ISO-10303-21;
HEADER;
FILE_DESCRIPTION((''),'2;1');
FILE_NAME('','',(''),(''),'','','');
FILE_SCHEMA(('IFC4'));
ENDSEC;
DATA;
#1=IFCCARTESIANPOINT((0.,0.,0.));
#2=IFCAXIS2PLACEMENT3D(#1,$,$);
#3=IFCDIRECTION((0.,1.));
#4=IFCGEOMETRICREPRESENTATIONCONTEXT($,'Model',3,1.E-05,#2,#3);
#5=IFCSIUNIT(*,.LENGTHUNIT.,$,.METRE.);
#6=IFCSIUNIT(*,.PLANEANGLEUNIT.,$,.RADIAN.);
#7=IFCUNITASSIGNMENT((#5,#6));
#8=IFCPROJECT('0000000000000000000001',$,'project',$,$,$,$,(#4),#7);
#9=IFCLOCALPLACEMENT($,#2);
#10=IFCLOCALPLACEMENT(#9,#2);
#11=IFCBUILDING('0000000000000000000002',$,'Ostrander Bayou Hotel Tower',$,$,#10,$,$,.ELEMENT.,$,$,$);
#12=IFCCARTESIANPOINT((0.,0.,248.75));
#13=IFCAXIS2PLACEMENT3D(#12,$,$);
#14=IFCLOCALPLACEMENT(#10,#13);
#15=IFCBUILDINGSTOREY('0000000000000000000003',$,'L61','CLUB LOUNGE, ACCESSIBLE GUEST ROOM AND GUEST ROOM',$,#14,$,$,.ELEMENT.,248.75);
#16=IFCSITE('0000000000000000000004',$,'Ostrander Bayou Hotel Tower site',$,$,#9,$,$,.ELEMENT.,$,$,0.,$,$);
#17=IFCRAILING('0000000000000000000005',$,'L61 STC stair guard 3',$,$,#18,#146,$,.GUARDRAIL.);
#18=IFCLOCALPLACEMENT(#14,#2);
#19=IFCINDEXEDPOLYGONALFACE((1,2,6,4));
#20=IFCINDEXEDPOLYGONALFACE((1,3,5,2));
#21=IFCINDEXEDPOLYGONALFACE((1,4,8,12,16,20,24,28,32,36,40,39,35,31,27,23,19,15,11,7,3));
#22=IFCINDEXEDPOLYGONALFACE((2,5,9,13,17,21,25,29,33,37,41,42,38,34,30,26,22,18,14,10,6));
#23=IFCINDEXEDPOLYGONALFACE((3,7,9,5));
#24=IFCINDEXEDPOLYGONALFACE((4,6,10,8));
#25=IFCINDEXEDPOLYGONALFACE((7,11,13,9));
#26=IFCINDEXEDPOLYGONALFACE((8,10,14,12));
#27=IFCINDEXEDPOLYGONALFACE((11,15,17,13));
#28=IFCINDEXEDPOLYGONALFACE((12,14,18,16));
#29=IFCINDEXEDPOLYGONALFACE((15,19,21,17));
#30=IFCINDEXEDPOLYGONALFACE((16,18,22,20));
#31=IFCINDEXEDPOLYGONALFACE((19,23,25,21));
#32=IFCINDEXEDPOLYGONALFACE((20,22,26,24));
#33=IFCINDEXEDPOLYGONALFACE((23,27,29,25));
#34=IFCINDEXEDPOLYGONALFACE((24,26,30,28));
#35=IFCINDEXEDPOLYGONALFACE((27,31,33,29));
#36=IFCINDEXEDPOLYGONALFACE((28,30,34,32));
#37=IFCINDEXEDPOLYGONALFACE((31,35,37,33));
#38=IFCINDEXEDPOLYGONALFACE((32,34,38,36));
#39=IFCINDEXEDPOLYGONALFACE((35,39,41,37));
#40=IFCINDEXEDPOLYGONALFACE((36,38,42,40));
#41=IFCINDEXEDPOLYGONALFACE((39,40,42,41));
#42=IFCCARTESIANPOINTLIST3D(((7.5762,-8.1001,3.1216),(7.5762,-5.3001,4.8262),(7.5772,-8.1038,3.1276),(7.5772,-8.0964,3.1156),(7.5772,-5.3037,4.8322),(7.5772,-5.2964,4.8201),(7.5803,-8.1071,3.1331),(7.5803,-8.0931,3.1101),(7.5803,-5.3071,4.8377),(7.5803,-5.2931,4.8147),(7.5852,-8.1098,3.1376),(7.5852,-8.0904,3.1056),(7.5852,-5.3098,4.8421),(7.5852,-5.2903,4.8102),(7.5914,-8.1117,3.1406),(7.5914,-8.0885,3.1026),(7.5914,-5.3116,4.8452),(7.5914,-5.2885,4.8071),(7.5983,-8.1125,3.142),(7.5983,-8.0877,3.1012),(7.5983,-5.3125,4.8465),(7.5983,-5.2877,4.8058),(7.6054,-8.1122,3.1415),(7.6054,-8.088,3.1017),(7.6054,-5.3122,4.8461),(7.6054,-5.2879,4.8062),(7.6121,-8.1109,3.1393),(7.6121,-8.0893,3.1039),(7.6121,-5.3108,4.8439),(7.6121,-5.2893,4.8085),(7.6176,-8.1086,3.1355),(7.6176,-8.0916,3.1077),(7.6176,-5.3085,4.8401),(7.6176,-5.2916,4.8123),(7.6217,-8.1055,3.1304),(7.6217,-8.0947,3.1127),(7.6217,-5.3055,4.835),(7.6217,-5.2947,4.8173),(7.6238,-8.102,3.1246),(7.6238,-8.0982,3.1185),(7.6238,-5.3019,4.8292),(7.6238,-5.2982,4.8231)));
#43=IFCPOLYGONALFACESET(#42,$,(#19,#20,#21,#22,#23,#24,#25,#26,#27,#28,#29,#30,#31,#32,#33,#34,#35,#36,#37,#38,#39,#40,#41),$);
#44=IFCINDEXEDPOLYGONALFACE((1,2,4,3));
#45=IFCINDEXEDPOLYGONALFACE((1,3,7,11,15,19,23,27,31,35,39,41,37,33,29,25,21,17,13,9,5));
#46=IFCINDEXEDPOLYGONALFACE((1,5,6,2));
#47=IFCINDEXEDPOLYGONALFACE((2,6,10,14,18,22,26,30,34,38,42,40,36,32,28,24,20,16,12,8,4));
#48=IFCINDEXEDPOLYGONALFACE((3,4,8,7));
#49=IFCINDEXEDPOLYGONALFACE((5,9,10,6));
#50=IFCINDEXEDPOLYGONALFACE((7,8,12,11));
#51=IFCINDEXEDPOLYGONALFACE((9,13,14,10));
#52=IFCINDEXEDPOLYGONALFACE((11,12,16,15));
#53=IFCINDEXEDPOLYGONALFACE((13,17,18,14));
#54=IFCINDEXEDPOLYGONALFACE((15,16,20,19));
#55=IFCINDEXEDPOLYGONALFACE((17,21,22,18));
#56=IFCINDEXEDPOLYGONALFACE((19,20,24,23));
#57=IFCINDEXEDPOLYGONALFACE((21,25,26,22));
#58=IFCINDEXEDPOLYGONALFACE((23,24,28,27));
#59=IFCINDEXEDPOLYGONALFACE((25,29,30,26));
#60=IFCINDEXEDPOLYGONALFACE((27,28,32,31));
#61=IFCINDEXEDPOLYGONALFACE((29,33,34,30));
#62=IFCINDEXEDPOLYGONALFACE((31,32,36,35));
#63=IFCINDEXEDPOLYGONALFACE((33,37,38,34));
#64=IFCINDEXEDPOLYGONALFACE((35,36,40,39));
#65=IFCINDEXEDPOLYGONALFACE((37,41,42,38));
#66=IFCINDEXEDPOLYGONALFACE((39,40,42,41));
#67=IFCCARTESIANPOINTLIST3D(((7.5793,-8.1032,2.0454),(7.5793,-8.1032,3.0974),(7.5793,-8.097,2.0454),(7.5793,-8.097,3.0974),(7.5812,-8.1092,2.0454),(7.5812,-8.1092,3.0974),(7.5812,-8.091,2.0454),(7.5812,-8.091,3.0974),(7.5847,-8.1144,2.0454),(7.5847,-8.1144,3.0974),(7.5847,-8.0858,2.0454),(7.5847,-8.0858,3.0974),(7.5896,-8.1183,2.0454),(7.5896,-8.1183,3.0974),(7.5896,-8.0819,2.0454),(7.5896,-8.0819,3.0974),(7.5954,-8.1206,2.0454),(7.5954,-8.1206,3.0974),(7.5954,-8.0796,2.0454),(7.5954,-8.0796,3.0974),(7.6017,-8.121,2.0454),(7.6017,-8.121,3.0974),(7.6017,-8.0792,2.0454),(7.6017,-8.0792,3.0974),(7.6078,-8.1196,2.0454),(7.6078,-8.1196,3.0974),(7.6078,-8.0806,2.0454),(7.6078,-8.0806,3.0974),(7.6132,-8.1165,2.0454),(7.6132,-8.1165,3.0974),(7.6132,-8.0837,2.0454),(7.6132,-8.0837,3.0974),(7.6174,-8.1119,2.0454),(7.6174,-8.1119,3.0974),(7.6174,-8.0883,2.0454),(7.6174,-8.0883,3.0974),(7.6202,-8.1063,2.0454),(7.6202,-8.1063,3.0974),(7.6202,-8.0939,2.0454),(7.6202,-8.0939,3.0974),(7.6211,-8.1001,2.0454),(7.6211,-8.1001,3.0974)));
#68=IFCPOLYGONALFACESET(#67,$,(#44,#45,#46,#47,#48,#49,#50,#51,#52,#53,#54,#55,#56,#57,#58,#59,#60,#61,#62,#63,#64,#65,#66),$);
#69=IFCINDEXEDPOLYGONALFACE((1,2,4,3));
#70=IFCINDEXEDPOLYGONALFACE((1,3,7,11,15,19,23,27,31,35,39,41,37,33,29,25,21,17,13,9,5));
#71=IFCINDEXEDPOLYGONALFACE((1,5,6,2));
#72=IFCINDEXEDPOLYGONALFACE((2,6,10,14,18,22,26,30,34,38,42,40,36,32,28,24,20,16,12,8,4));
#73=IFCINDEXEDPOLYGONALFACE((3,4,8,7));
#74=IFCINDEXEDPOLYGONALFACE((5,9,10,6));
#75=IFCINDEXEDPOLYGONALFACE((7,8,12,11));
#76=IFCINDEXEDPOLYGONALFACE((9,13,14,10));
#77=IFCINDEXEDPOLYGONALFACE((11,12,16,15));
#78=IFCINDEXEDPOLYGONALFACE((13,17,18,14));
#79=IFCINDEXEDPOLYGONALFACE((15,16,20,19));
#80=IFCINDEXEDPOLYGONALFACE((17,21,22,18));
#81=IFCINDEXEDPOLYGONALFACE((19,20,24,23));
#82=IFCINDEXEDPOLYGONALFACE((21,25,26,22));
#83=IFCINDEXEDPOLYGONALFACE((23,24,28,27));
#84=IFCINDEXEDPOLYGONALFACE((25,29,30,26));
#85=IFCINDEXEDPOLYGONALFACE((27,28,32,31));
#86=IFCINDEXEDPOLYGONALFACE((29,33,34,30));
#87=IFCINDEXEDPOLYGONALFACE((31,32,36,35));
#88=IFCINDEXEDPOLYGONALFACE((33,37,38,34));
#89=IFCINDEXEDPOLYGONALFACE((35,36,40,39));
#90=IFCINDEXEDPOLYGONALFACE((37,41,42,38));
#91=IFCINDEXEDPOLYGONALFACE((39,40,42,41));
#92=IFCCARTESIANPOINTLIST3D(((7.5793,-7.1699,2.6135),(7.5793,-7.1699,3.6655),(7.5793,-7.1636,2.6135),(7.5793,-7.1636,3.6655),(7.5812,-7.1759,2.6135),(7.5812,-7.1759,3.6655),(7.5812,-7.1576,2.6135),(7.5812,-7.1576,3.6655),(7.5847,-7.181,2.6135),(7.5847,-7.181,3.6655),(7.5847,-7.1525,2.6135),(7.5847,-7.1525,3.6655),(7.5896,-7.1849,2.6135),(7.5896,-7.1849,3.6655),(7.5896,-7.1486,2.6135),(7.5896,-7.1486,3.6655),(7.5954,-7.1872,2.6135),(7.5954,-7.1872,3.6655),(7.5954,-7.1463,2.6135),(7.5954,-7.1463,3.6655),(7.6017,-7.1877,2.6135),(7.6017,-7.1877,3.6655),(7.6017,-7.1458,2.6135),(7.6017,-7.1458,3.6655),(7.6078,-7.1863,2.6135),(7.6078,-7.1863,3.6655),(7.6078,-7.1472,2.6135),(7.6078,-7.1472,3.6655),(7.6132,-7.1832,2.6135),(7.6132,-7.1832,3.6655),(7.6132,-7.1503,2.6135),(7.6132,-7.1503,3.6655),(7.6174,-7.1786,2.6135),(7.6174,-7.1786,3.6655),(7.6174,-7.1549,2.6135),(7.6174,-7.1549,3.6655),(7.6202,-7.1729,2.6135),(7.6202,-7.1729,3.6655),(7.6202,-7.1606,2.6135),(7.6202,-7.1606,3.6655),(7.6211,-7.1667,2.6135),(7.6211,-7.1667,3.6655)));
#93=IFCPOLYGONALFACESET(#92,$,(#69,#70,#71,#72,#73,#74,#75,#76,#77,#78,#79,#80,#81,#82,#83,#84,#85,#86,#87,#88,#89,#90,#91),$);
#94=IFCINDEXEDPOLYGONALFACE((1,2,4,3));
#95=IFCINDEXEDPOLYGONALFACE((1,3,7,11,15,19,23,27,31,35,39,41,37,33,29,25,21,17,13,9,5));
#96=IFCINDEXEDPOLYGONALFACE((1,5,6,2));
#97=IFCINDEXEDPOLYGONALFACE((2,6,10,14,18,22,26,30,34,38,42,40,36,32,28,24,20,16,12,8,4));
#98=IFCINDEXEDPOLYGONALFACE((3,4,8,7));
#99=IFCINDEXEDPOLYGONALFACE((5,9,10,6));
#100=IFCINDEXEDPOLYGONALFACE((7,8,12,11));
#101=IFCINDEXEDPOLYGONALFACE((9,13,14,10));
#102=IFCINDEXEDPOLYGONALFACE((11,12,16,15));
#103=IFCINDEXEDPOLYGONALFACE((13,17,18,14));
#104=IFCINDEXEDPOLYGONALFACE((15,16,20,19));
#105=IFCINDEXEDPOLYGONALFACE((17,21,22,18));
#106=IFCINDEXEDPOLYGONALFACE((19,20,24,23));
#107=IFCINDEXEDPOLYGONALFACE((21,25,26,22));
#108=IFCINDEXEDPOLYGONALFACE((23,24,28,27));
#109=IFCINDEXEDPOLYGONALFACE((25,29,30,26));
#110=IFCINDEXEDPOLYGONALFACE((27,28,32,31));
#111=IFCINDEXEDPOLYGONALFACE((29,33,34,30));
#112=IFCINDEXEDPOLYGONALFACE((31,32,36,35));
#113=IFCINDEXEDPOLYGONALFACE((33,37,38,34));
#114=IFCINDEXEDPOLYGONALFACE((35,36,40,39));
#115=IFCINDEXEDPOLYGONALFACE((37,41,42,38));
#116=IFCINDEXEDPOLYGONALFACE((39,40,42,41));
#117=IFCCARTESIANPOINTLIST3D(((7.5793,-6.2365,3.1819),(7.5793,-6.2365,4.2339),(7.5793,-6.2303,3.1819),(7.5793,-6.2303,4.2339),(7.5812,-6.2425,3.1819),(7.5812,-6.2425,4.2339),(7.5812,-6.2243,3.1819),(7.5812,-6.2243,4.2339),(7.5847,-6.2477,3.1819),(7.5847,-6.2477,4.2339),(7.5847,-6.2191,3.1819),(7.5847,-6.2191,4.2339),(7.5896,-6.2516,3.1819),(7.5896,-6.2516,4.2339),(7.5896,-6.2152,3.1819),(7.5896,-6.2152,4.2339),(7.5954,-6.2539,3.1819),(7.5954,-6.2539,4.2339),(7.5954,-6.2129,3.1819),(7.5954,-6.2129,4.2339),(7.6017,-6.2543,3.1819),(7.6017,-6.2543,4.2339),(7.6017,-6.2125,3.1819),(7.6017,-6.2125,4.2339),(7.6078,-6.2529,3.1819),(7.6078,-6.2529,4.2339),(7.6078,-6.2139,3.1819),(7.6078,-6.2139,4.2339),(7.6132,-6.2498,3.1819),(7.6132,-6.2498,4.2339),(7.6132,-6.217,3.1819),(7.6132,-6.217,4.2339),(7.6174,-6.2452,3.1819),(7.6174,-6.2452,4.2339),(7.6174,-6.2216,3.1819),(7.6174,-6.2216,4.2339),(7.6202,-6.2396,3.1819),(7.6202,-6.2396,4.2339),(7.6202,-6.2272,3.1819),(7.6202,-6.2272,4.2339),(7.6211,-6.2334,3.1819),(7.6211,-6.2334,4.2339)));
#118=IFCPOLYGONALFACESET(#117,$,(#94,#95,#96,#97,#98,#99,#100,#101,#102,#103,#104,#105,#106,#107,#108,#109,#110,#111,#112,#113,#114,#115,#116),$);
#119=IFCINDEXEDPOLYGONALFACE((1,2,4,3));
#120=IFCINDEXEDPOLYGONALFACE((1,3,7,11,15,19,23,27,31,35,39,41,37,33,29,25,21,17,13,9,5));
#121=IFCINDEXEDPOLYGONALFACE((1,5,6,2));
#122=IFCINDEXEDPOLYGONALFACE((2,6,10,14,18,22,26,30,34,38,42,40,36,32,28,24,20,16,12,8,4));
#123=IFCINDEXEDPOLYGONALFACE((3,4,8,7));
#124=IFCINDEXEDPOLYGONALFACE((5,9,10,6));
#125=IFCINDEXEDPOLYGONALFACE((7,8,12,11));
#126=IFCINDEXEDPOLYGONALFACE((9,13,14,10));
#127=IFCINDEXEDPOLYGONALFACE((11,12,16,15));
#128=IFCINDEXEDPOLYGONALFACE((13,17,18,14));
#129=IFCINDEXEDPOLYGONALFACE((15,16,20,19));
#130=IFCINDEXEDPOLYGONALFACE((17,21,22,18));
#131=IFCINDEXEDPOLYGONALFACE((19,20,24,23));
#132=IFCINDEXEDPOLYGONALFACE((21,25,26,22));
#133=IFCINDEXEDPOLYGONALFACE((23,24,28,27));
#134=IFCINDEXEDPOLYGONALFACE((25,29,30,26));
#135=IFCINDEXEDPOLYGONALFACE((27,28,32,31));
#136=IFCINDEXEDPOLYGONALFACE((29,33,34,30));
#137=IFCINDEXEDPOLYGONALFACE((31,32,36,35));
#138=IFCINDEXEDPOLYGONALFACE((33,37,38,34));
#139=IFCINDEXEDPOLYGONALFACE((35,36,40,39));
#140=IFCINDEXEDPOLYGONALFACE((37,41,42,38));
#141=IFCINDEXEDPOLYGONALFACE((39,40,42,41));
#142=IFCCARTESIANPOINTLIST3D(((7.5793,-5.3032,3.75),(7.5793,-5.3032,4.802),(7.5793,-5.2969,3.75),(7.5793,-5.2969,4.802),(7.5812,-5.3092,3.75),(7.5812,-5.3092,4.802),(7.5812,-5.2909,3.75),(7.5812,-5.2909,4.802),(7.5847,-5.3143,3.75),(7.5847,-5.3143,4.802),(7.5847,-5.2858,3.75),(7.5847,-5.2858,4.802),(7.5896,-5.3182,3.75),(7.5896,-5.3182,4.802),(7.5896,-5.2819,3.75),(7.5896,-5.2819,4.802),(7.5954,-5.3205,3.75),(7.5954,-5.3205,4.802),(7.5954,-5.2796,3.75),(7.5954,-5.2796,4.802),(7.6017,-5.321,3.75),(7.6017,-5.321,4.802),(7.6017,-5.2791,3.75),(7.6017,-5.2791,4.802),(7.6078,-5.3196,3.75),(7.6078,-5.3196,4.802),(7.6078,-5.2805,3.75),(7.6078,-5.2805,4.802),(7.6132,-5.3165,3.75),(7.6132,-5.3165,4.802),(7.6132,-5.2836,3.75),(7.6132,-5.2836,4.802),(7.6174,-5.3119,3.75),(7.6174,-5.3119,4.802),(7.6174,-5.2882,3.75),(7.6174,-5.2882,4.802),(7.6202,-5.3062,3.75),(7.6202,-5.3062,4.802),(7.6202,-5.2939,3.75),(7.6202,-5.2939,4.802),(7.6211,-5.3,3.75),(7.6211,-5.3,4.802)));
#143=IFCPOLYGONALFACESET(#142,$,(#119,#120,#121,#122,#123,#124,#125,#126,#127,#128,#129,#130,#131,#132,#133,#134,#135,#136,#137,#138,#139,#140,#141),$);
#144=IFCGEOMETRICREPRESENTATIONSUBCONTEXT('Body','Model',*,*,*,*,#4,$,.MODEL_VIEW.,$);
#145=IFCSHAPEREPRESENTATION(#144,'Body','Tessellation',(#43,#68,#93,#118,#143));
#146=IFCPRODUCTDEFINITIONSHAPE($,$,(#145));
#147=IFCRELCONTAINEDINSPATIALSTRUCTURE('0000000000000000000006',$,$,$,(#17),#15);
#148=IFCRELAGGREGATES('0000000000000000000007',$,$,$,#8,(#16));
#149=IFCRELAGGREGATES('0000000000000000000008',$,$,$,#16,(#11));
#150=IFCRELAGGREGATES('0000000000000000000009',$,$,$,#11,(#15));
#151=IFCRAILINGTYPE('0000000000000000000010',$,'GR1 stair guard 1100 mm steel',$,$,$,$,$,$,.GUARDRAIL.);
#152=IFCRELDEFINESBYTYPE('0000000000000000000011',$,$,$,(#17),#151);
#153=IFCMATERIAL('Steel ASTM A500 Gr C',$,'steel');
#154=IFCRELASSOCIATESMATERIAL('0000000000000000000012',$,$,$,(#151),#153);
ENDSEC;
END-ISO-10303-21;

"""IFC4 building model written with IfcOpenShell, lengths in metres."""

from ifc_helpers import new_model, si_unit, direction, frame, origin, origin_2d, place, context, subcontext, project, spatial, circle, extrude, material, type_object, element, save


model = new_model("IFC4")

# Units and contexts
model_context = context("Model", 3, precision=1e-05, world=origin(), true_north=direction((0.0, 1.0)))
body_context = subcontext(model_context, "Body", "Model", "MODEL_VIEW")
ifc_project = project(units=[si_unit("LENGTHUNIT", "METRE"), si_unit("PLANEANGLEUNIT", "RADIAN")], contexts=[model_context])

# Site, building, storey
site_placement = place(None, origin())
site = spatial("IfcSite", under=ifc_project, at=site_placement, Name="Ostrander Bayou Hotel Tower site", CompositionType="ELEMENT", RefElevation=0.0)
building_placement = place(site_placement, origin())
building = spatial("IfcBuilding", under=site, at=building_placement, Name="Ostrander Bayou Hotel Tower", CompositionType="ELEMENT")
storey_placement = place(building_placement, frame((0.0, 0.0, 248.75)))
storey = spatial("IfcBuildingStorey", under=building, at=storey_placement, Name="L61", Description="CLUB LOUNGE, ACCESSIBLE GUEST ROOM AND GUEST ROOM", CompositionType="ELEMENT", Elevation=248.75)

# Railing
ifc_material_1 = material(Name="Steel ASTM A500 Gr C", Category="steel")
railing_type_1 = type_object("IfcRailingType", Name="GR1 stair guard 1100 mm steel", PredefinedType="GUARDRAIL", material=ifc_material_1)
railing_1_placement = place(storey_placement, frame((7.6001, -8.1001, 2.0454)))
element("IfcRailing", 1, at=railing_1_placement, inside=storey, type_object=railing_type_1, Name="L61 STC stair guard 3", PredefinedType="GUARDRAIL", context=body_context, shape_type="SweptSolid", body=[
    extrude(circle(Radius=0.0239, at=origin_2d()), frame((0.0, 0.0, 1.0762), z_axis=(0.0, 0.85417, 0.519994), x_axis=(-1.0, 0.0, 0.0)), (0.0, 0.0, 1.0), 3.2781),
    extrude(circle(Radius=0.021, at=origin_2d()), origin(), (0.0, 0.0, 1.0), 1.052),
    extrude(circle(Radius=0.021, at=origin_2d()), frame((0.0, 0.9333, 0.5681)), (0.0, 0.0, 1.0), 1.052),
    extrude(circle(Radius=0.021, at=origin_2d()), frame((0.0, 1.8667, 1.1365)), (0.0, 0.0, 1.0), 1.052),
    extrude(circle(Radius=0.021, at=origin_2d()), frame((0.0, 2.8, 1.7046)), (0.0, 0.0, 1.0), 1.052),
])

save(model, "model.ifc")
